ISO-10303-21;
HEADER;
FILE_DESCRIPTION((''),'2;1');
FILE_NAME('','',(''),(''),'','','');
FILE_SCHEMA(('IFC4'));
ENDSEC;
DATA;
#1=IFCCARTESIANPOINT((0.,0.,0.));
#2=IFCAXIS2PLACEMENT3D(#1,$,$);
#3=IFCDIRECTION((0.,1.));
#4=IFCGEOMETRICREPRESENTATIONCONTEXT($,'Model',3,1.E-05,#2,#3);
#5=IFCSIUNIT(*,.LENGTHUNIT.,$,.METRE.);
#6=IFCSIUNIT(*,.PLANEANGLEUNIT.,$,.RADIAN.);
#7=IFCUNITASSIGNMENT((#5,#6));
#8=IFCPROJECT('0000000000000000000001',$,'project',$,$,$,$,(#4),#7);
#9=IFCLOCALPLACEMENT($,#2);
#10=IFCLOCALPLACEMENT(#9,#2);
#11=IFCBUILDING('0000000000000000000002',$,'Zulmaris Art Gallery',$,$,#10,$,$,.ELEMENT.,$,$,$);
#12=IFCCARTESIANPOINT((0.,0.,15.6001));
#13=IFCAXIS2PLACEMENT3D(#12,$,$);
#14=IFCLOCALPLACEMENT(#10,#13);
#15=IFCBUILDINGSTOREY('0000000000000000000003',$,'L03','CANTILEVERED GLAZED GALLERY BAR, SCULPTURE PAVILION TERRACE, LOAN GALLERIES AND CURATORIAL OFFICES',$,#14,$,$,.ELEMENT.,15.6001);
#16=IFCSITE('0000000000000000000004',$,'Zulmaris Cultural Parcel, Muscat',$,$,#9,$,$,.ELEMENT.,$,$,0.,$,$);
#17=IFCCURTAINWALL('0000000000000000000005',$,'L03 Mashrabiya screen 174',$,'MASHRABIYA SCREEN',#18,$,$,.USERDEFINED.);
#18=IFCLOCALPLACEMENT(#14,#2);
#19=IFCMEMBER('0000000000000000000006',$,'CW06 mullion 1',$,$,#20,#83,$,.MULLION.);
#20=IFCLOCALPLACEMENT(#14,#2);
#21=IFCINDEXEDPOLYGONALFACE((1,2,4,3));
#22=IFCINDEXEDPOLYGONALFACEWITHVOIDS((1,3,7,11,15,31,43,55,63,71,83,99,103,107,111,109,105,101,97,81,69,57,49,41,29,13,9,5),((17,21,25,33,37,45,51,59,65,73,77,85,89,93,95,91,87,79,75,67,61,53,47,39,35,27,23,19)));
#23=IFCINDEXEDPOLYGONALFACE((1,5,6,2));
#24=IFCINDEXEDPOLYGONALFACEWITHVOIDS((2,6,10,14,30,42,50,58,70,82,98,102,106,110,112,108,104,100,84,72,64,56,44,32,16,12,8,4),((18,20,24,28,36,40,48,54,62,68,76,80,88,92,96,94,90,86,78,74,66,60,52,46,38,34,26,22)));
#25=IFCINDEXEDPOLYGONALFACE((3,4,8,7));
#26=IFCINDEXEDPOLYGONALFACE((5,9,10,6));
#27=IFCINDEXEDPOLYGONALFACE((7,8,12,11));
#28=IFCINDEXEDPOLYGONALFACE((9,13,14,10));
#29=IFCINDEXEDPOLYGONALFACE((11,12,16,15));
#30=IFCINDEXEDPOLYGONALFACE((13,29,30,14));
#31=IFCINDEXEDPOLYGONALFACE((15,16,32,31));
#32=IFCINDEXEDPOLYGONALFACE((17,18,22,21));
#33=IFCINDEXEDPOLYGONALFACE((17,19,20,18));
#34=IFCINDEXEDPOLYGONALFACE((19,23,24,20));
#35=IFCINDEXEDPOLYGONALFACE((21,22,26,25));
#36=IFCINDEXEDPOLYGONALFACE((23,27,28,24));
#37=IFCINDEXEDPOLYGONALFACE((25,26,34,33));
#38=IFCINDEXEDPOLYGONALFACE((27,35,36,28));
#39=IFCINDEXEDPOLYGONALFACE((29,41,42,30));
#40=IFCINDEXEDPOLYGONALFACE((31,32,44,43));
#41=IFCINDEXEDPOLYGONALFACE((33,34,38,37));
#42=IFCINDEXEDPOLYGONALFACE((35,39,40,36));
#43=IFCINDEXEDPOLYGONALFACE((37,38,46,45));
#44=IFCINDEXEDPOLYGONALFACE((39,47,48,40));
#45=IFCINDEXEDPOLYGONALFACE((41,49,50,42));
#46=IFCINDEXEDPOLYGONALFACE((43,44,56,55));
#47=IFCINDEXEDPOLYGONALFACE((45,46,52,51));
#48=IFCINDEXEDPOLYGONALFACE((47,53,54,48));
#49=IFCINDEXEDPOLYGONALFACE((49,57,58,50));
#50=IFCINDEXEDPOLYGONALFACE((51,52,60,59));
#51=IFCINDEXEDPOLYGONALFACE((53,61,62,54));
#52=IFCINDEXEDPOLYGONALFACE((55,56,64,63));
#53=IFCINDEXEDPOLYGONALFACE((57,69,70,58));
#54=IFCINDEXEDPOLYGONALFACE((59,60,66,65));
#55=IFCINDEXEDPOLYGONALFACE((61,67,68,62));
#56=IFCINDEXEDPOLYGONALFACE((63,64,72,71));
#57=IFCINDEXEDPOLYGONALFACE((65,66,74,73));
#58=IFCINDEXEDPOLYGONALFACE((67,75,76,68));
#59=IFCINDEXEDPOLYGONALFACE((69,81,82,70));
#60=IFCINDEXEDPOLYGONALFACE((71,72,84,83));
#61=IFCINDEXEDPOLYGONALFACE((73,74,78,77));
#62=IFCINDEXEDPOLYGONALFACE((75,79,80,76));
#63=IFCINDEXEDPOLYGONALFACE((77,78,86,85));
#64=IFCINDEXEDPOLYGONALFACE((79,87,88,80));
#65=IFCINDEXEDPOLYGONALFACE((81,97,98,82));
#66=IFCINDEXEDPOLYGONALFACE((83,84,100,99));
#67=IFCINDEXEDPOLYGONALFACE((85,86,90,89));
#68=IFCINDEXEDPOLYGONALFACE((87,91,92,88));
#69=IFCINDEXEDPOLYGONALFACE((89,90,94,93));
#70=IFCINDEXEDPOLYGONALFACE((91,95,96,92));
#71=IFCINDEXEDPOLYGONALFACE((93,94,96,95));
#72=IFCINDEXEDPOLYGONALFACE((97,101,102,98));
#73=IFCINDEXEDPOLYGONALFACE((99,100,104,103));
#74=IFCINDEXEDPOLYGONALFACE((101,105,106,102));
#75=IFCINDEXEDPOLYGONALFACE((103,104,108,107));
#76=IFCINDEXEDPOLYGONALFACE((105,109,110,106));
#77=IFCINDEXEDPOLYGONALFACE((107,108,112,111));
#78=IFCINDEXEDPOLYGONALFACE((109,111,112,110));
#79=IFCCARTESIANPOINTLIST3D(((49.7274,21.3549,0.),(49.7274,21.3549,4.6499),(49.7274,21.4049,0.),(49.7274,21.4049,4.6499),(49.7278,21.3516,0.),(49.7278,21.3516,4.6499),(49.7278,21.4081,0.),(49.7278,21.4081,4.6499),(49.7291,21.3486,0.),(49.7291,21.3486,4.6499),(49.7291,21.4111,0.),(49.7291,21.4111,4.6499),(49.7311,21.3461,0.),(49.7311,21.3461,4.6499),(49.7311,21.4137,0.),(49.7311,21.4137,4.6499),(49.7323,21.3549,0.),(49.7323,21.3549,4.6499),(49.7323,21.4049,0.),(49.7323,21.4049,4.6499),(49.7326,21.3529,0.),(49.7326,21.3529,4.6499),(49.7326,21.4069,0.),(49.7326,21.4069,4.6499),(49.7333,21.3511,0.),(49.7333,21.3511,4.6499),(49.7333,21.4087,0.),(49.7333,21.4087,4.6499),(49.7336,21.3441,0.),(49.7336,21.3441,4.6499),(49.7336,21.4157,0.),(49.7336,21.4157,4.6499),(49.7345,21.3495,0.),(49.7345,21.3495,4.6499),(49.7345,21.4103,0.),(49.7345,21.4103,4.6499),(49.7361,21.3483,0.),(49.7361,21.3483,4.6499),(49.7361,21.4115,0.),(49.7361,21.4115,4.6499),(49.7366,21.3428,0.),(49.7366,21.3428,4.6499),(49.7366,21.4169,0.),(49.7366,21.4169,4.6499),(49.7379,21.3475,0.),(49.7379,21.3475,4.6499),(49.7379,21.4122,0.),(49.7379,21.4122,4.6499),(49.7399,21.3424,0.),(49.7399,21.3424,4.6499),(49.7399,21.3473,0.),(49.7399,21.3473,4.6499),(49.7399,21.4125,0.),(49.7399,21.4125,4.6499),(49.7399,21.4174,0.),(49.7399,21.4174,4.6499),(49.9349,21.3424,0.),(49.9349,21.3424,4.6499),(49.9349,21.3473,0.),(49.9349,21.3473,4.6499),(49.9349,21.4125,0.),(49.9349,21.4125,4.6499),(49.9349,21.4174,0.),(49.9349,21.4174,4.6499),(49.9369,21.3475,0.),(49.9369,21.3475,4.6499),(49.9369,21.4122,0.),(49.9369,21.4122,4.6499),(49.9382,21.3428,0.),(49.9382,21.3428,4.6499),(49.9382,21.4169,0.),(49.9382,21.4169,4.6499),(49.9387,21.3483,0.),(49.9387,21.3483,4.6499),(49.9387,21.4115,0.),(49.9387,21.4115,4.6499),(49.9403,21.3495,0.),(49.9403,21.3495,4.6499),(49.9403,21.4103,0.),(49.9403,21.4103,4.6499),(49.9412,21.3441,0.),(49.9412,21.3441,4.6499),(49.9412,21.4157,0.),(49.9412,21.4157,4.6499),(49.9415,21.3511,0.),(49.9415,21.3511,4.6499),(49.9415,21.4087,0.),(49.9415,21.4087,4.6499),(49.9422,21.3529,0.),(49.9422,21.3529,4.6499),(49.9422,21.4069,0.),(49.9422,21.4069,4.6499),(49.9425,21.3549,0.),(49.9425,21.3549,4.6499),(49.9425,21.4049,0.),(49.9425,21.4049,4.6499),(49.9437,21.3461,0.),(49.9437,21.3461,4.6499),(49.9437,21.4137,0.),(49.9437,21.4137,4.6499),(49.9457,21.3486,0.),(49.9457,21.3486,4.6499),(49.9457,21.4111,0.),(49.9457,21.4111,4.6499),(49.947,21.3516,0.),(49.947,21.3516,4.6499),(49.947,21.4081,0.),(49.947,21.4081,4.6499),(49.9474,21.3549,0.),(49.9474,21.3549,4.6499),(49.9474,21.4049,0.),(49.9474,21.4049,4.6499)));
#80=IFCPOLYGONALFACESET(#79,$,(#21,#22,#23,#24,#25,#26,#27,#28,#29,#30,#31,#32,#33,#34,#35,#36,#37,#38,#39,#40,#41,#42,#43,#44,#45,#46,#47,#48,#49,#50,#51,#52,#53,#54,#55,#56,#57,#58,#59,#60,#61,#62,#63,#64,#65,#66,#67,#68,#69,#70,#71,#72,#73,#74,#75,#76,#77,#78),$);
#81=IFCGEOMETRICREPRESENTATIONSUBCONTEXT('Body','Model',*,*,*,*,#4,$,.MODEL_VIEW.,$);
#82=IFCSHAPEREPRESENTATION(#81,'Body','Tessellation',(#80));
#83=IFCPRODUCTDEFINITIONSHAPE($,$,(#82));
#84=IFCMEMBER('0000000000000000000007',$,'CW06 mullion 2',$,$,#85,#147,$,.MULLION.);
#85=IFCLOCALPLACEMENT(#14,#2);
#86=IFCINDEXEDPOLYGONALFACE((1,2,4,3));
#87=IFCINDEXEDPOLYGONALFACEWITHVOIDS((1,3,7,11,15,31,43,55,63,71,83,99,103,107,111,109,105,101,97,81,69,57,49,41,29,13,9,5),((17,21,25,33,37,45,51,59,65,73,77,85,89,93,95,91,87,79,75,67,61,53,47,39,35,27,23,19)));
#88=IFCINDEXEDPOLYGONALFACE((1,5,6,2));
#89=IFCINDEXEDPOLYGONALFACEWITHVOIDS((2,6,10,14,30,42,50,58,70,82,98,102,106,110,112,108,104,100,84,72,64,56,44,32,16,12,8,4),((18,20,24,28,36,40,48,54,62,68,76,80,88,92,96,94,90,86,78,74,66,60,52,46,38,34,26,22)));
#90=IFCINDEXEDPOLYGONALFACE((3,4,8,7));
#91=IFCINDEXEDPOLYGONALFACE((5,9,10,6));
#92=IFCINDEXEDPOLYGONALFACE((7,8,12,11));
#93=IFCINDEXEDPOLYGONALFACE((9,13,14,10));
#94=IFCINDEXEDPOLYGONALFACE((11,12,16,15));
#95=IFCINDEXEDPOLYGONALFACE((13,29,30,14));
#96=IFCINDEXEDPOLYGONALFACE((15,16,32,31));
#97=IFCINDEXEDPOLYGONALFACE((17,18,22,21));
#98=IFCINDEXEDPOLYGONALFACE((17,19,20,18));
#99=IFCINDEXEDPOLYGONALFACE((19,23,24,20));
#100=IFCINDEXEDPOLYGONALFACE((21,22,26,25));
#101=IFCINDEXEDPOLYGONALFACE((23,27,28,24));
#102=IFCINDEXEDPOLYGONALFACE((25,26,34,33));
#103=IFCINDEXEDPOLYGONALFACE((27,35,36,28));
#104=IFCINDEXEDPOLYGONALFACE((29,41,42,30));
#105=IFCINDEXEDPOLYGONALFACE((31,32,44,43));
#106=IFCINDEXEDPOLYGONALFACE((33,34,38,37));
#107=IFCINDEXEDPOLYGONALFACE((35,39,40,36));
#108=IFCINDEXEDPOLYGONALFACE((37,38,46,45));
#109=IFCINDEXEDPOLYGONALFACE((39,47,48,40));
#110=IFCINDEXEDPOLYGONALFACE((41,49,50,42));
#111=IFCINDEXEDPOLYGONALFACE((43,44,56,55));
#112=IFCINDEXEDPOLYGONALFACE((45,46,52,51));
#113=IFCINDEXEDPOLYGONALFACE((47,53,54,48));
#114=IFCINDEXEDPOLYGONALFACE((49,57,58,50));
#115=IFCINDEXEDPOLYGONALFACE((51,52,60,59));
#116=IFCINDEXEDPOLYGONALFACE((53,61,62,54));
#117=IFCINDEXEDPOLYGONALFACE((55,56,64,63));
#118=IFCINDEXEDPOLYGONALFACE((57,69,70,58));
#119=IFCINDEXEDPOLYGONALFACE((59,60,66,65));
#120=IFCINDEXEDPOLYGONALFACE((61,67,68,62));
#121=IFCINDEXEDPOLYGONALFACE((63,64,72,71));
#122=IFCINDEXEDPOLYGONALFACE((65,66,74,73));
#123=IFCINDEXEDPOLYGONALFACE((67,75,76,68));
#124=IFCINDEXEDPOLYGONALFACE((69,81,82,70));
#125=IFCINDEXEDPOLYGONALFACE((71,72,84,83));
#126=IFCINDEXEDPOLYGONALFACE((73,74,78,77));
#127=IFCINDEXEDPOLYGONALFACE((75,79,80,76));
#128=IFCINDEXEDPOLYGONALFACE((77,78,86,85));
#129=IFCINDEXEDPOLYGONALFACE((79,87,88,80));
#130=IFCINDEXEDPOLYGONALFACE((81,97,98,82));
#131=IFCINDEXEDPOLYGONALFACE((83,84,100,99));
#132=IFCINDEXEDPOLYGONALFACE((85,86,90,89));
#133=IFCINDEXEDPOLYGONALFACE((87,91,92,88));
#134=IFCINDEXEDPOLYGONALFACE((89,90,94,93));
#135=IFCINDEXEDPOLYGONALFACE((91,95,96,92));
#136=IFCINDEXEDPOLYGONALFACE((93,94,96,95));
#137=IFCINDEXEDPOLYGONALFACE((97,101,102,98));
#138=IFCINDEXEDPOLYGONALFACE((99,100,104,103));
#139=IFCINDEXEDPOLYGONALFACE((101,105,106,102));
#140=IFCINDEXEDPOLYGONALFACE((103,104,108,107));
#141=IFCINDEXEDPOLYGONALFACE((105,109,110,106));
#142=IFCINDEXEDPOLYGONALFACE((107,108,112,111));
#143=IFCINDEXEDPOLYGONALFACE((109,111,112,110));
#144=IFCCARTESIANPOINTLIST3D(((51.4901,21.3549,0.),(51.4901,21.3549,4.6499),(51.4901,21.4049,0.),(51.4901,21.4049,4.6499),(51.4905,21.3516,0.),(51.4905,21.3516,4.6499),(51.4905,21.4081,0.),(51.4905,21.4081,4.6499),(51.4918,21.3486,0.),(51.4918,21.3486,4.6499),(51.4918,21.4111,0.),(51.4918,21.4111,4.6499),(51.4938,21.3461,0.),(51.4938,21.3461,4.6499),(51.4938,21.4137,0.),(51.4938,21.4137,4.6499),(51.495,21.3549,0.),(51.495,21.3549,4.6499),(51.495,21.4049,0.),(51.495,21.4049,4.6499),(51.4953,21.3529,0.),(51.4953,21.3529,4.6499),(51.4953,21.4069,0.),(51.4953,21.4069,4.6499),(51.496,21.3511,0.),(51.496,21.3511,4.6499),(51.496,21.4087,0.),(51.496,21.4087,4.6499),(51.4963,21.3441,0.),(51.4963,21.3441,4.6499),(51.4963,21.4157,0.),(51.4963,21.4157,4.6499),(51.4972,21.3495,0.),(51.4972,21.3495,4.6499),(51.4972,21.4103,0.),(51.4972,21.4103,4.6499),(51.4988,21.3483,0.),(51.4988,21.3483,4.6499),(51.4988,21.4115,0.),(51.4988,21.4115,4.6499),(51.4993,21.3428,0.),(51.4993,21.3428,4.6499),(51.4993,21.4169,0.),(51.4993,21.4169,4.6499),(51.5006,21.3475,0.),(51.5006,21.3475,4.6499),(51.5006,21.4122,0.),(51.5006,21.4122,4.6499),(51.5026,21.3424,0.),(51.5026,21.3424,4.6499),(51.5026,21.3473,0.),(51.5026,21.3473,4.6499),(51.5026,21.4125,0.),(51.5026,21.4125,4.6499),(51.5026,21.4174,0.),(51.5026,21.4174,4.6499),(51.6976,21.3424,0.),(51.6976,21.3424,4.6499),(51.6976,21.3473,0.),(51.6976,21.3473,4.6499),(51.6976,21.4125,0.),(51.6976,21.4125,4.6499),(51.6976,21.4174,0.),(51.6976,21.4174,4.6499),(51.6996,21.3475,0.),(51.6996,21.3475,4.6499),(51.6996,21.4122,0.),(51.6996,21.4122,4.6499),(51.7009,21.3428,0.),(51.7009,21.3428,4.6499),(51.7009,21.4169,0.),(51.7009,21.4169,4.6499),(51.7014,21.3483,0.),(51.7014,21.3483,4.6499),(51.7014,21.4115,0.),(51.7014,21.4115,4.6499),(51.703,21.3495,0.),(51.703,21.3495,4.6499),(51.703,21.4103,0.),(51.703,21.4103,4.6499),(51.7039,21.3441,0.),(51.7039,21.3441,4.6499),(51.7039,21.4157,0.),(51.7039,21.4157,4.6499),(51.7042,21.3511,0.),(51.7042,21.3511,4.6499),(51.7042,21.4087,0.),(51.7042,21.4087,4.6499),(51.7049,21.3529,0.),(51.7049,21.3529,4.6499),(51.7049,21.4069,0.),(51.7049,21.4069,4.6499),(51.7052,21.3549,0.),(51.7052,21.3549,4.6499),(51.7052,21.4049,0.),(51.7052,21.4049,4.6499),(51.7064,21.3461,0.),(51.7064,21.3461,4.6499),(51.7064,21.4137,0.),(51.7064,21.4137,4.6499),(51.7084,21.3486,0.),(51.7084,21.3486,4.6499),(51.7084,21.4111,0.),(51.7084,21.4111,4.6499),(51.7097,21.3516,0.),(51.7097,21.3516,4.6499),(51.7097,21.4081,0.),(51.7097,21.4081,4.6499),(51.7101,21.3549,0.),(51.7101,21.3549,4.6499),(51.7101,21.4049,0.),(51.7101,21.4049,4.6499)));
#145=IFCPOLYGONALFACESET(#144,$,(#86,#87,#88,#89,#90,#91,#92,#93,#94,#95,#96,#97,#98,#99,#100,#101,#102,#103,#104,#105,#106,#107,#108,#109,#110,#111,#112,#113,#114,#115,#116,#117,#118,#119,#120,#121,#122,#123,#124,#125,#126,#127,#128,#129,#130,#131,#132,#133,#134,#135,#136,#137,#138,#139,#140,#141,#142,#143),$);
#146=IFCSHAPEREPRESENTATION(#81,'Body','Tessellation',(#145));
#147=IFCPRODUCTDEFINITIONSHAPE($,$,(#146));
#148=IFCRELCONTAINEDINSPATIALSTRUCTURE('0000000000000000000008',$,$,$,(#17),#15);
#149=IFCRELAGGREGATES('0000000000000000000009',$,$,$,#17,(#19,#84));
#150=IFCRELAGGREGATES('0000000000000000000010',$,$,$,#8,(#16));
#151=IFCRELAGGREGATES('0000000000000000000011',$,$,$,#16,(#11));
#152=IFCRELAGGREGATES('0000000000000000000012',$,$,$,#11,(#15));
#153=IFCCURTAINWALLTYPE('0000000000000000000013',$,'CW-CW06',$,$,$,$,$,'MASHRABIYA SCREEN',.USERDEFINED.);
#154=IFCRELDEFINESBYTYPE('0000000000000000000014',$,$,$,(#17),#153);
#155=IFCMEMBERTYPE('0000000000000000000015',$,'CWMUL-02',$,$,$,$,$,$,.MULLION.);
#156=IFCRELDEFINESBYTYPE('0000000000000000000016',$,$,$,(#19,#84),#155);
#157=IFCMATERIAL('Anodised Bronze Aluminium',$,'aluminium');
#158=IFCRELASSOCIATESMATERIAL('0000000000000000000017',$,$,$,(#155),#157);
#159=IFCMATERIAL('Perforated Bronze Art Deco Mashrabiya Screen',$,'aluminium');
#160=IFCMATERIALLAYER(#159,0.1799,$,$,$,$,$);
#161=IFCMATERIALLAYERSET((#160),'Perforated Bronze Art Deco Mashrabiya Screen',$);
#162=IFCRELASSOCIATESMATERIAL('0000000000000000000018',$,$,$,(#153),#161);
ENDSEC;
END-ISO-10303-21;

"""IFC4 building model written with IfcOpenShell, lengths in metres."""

from ifc_helpers import new_model, si_unit, direction, frame, origin, origin_2d, place, context, subcontext, project, spatial, hollow_rectangle, extrude, material, layer, layer_set, material_profile, profile_set, type_object, element, aggregate, save


model = new_model("IFC4")

# Units and contexts
model_context = context("Model", 3, precision=1e-05, world=origin(), true_north=direction((0.0, 1.0)))
body_context = subcontext(model_context, "Body", "Model", "MODEL_VIEW")
ifc_project = project(units=[si_unit("LENGTHUNIT", "METRE"), si_unit("PLANEANGLEUNIT", "RADIAN")], contexts=[model_context])

# Site, building, storey
site_placement = place(None, origin())
site = spatial("IfcSite", under=ifc_project, at=site_placement, Name="Zulmaris Cultural Parcel, Muscat", CompositionType="ELEMENT", RefElevation=0.0)
building_placement = place(site_placement, origin())
building = spatial("IfcBuilding", under=site, at=building_placement, Name="Zulmaris Art Gallery", CompositionType="ELEMENT")
storey_placement = place(building_placement, frame((0.0, 0.0, 15.6001)))
storey = spatial("IfcBuildingStorey", under=building, at=storey_placement, Name="L03", Description="CANTILEVERED GLAZED GALLERY BAR, SCULPTURE PAVILION TERRACE, LOAN GALLERIES AND CURATORIAL OFFICES", CompositionType="ELEMENT", Elevation=15.6001)

# Shared definitions
ifc_material_1 = material(Name="Anodised Bronze Aluminium", Category="aluminium")
ifc_material_profile_1 = material_profile(ifc_material_1, hollow_rectangle(XDim=0.075, YDim=0.22, WallThickness=0.0049, InnerFilletRadius=0.0076, OuterFilletRadius=0.0125, at=origin_2d()), Name="ALU 75x220x5")
ifc_profile_set_1 = profile_set([ifc_material_profile_1], Name="Anodised Bronze Aluminium")
member_type_1 = type_object("IfcMemberType", Name="CWMUL-02", PredefinedType="MULLION", material=ifc_profile_set_1)
ifc_material_2 = material(Name="Perforated Bronze Art Deco Mashrabiya Screen", Category="aluminium")
ifc_layer_1 = layer(ifc_material_2, 0.1799)
ifc_layer_set_1 = layer_set([ifc_layer_1], Name="Perforated Bronze Art Deco Mashrabiya Screen")
curtain_wall_type_1 = type_object("IfcCurtainWallType", Name="CW-CW06", ElementType="MASHRABIYA SCREEN", PredefinedType="USERDEFINED", material=ifc_layer_set_1)

# Curtain wall, members
curtain_wall_1_placement = place(storey_placement, origin())
curtain_wall_1 = element("IfcCurtainWall", 1, at=curtain_wall_1_placement, inside=storey, type_object=curtain_wall_type_1, Name="L03 Mashrabiya screen 174", ObjectType="MASHRABIYA SCREEN", PredefinedType="USERDEFINED")
member_1_placement = place(storey_placement, frame((49.8374, 21.3799, 0.0), z_axis=(0.0, 0.0, 1.0), x_axis=(0.0, 1.0, 0.0)))
member_1 = element("IfcMember", 2, at=member_1_placement, type_object=member_type_1, Name="CW06 mullion 1", PredefinedType="MULLION", context=body_context, shape_type="SweptSolid", body=[
    extrude(hollow_rectangle(XDim=0.075, YDim=0.22, WallThickness=0.0049, InnerFilletRadius=0.0076, OuterFilletRadius=0.0125, at=origin_2d()), origin(), (0.0, 0.0, 1.0), 4.6499),
])
member_2_placement = place(storey_placement, frame((51.6001, 21.3799, 0.0), z_axis=(0.0, 0.0, 1.0), x_axis=(0.0, 1.0, 0.0)))
member_2 = element("IfcMember", 3, at=member_2_placement, type_object=member_type_1, Name="CW06 mullion 2", PredefinedType="MULLION", context=body_context, shape_type="SweptSolid", body=[
    extrude(hollow_rectangle(XDim=0.075, YDim=0.22, WallThickness=0.0049, InnerFilletRadius=0.0076, OuterFilletRadius=0.0125, at=origin_2d()), origin(), (0.0, 0.0, 1.0), 4.6499),
])

aggregate(curtain_wall_1, [member_1, member_2])

save(model, "model.ifc")
